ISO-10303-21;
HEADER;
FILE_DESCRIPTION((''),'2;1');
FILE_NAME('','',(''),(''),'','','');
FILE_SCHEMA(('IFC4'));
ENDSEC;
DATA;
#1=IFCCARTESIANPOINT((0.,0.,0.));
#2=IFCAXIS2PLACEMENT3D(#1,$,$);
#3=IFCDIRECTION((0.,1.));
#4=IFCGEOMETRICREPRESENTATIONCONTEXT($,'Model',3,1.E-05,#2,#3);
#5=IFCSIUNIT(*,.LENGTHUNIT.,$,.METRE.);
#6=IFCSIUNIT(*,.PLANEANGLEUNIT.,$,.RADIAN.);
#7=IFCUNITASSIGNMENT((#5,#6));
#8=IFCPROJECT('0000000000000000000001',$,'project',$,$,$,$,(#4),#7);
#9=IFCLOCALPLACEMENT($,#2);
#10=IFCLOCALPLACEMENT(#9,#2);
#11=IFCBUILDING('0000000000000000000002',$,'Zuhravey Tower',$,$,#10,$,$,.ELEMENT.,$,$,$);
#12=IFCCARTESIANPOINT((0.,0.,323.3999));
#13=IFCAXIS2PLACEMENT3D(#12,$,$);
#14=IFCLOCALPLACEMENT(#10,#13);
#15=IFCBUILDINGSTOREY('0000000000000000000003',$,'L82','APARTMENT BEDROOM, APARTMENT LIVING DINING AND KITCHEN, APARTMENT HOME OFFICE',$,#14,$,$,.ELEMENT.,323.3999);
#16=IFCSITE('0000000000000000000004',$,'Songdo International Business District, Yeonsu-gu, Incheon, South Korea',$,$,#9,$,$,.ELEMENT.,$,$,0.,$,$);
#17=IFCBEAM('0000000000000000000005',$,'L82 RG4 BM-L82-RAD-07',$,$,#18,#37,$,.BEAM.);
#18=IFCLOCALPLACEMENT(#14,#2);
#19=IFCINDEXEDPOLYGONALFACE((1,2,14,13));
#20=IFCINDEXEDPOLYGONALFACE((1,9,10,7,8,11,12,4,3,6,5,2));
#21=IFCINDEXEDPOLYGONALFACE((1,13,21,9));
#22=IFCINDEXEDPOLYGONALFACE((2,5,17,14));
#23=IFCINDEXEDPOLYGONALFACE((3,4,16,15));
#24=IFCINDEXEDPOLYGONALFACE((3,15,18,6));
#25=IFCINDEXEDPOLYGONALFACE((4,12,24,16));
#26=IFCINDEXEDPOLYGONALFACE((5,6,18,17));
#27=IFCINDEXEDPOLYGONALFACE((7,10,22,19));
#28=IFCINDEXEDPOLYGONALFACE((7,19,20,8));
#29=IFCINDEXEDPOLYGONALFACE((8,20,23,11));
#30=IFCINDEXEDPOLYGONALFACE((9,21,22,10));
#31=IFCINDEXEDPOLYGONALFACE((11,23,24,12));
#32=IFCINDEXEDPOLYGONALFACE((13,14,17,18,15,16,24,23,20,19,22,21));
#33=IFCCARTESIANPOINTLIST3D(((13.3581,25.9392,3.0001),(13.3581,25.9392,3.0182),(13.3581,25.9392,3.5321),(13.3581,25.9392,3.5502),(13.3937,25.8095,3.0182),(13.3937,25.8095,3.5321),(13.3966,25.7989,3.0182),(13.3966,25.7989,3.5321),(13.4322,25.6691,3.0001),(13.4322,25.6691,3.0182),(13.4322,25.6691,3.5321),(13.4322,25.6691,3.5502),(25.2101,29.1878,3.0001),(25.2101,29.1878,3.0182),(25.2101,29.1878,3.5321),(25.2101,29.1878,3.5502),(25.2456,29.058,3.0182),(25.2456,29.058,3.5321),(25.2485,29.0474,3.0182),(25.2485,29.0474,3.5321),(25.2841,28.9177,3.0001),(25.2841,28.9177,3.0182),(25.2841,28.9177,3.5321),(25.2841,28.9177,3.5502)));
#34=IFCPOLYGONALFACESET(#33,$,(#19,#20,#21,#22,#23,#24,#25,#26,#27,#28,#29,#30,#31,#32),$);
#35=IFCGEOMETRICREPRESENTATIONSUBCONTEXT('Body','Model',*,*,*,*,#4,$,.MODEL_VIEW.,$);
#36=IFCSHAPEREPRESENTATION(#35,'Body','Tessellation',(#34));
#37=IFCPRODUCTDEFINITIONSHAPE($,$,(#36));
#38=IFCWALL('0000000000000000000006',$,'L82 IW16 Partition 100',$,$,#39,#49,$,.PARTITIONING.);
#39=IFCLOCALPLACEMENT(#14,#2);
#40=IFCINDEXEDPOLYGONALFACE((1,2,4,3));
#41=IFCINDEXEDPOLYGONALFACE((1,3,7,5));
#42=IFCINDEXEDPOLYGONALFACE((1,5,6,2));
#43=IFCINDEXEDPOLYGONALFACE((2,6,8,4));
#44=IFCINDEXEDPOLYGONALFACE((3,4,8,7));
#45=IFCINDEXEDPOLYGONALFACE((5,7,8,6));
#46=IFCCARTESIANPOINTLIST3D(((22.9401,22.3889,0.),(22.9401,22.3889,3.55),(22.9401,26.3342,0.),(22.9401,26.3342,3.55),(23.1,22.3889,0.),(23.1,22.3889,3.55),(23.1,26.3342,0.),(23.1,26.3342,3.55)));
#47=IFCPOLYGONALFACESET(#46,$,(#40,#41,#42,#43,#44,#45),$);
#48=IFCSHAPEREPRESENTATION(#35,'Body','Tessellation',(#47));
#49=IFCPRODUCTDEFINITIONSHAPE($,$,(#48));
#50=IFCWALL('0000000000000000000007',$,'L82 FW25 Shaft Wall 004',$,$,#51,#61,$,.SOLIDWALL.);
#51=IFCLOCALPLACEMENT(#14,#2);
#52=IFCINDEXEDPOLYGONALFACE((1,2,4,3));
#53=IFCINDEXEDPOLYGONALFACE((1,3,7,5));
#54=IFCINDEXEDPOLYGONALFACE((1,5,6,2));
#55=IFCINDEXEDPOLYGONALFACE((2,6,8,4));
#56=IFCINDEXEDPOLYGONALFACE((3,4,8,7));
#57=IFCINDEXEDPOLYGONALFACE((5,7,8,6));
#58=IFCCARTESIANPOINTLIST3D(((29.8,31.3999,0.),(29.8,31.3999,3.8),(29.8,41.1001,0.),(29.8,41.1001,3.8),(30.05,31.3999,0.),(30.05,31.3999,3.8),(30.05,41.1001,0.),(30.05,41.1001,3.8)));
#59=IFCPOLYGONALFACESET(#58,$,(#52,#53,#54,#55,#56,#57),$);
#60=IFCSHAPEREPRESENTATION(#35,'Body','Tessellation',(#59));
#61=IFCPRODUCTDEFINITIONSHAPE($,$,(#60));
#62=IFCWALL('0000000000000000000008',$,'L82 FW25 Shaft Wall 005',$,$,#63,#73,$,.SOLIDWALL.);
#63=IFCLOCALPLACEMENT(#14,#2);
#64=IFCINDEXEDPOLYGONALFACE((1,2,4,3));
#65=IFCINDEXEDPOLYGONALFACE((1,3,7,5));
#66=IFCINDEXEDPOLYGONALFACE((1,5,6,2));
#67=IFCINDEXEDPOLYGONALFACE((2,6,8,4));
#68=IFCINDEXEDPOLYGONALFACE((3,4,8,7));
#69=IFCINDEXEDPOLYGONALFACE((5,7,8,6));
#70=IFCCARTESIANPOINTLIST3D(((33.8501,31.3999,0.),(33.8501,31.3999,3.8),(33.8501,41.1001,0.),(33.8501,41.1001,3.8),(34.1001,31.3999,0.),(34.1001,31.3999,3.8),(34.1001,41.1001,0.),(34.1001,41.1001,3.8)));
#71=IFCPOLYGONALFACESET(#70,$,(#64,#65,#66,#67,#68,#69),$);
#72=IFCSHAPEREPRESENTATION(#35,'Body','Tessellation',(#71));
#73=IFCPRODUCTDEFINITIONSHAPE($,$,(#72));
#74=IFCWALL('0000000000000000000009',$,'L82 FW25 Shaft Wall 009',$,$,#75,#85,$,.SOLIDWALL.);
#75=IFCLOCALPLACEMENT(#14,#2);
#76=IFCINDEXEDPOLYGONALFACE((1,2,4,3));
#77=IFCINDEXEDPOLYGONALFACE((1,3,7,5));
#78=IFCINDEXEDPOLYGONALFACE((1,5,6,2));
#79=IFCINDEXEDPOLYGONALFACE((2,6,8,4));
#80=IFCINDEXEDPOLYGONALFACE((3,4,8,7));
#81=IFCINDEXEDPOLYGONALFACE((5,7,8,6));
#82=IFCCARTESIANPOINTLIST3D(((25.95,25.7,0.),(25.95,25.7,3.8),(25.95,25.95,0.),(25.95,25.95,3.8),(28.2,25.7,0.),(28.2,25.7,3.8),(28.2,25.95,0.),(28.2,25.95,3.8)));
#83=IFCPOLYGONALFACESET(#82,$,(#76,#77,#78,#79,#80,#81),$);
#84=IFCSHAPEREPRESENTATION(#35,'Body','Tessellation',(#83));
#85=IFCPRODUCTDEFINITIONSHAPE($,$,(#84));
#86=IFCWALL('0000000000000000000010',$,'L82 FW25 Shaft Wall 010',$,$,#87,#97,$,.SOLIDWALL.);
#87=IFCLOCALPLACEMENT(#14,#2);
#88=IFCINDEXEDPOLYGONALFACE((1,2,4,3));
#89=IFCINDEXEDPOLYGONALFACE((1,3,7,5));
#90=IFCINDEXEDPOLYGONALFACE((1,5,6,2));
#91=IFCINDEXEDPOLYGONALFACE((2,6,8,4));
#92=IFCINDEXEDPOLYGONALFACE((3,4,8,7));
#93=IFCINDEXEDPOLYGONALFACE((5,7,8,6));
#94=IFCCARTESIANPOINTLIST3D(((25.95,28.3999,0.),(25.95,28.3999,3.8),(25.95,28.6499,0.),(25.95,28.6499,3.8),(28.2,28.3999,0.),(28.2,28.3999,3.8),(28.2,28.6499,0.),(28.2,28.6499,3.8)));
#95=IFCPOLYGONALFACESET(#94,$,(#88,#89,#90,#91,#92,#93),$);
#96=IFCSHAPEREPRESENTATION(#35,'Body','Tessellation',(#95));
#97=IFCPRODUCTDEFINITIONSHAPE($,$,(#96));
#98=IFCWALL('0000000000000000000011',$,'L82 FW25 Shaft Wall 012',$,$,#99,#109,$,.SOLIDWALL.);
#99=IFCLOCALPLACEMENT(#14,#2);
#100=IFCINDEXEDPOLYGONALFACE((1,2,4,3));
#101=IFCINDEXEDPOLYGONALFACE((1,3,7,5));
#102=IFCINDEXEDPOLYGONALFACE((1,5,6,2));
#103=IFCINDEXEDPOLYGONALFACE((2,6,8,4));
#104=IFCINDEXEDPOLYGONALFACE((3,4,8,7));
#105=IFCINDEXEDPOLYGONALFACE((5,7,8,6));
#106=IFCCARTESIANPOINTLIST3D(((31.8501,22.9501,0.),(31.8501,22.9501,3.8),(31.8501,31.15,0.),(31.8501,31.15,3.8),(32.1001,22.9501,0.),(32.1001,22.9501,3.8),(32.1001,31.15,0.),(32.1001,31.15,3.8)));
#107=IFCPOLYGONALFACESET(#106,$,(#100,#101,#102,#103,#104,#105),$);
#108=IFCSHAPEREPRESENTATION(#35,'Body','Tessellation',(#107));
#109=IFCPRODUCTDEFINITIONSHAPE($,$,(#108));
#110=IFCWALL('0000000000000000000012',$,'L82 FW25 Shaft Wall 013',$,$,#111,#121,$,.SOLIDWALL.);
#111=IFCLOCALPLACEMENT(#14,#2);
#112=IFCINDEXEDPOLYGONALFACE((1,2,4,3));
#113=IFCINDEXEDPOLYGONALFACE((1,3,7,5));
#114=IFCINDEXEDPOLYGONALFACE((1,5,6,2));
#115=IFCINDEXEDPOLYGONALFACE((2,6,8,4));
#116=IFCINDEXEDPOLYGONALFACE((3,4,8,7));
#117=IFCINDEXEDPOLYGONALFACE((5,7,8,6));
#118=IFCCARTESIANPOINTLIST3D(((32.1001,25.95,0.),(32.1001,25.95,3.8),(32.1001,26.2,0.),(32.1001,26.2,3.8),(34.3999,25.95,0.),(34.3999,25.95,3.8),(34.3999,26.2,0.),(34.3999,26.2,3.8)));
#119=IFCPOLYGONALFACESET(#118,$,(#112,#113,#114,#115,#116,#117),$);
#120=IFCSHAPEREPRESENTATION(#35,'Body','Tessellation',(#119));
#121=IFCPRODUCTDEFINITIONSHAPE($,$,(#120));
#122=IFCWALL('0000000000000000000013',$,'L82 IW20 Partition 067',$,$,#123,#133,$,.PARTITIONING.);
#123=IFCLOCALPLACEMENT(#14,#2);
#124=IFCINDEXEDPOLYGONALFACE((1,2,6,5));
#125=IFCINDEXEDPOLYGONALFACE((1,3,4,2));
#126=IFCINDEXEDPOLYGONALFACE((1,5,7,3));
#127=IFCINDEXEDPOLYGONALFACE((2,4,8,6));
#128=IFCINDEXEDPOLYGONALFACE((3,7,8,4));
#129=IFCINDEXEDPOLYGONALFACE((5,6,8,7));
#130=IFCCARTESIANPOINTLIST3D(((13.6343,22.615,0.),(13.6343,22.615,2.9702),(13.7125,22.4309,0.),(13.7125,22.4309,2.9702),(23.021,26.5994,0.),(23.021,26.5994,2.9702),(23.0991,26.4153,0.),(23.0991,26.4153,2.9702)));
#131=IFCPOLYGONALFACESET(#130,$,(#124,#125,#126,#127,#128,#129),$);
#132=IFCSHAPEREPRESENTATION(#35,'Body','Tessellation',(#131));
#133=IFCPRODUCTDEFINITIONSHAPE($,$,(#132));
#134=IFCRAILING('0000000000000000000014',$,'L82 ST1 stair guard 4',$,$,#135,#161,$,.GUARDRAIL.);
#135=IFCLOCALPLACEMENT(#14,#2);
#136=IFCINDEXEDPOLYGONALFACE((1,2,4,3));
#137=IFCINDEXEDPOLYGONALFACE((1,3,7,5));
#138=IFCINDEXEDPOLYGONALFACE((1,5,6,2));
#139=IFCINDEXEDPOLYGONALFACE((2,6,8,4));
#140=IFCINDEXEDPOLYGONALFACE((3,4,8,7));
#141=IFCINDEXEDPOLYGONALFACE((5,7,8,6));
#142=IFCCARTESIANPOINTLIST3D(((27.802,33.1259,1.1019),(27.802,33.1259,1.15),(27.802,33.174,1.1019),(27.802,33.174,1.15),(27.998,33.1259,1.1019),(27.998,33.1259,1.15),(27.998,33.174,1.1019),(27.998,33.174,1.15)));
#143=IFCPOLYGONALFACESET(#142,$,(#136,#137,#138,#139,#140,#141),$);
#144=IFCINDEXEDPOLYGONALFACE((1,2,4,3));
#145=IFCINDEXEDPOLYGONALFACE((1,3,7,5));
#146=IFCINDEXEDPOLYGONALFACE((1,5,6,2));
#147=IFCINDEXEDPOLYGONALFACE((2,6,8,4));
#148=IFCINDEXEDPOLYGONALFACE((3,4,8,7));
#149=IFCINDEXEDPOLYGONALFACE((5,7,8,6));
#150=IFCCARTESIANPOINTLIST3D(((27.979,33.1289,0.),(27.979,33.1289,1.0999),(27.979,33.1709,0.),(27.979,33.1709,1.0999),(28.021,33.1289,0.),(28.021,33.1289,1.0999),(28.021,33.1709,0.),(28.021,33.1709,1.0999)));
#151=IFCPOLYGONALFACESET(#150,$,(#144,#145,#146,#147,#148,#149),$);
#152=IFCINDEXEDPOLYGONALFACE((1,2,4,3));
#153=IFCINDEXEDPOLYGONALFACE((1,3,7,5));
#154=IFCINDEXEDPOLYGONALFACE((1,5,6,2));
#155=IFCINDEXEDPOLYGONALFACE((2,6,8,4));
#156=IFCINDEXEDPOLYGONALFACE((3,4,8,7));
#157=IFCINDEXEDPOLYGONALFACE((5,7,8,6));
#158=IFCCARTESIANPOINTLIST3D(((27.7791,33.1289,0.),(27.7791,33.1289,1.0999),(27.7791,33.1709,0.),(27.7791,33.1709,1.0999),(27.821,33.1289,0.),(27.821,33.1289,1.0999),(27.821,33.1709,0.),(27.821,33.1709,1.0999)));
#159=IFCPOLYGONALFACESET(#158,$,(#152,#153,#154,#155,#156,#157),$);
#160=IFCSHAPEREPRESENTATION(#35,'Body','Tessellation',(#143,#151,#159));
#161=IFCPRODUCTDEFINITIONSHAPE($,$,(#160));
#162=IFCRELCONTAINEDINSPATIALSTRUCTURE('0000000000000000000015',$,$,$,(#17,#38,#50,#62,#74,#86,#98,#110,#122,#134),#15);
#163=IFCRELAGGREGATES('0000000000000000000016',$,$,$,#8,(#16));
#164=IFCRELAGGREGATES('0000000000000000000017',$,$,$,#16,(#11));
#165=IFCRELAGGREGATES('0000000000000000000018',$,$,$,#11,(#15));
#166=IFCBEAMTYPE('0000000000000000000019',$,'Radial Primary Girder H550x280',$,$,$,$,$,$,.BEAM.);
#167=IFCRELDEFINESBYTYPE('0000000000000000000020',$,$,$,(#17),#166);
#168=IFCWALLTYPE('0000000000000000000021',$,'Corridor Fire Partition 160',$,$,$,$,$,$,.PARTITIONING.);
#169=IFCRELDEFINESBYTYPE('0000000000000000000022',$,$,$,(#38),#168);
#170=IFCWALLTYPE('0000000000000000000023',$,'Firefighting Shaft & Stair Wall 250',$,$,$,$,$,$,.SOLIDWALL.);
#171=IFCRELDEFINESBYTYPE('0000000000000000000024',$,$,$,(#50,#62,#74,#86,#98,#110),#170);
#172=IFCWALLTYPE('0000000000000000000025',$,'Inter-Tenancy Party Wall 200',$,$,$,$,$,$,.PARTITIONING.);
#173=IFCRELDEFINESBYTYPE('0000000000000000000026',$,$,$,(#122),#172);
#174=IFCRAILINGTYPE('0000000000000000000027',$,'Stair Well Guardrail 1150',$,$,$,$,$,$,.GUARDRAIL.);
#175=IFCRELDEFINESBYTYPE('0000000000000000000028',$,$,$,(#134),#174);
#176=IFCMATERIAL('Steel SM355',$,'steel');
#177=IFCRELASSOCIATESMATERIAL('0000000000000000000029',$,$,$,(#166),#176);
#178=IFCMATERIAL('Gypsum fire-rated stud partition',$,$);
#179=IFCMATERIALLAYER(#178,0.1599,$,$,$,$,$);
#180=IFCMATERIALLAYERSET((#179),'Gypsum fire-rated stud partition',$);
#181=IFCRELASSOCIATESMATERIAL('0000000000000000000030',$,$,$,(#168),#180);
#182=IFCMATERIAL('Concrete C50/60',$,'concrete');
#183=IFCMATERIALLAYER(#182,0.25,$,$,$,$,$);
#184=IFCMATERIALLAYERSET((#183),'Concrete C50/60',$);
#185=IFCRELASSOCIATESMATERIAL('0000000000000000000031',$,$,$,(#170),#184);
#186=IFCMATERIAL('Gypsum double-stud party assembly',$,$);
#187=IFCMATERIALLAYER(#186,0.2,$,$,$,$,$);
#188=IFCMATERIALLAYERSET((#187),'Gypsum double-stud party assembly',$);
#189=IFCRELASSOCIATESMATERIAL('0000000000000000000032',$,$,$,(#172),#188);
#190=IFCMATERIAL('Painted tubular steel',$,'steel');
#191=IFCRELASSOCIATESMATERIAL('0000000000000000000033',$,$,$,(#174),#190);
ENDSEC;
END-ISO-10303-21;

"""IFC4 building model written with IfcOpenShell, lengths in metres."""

from ifc_helpers import new_model, si_unit, direction, frame, frame_2d, origin, origin_2d, place, context, subcontext, project, spatial, rectangle, i_section, extrude, material, layer, layer_set, material_profile, profile_set, type_object, element, save


model = new_model("IFC4")

# Units and contexts
model_context = context("Model", 3, precision=1e-05, world=origin(), true_north=direction((0.0, 1.0)))
body_context = subcontext(model_context, "Body", "Model", "MODEL_VIEW")
ifc_project = project(units=[si_unit("LENGTHUNIT", "METRE"), si_unit("PLANEANGLEUNIT", "RADIAN")], contexts=[model_context])

# Site, building, storey
site_placement = place(None, origin())
site = spatial("IfcSite", under=ifc_project, at=site_placement, Name="Songdo International Business District, Yeonsu-gu, Incheon, South Korea", CompositionType="ELEMENT", RefElevation=0.0)
building_placement = place(site_placement, origin())
building = spatial("IfcBuilding", under=site, at=building_placement, Name="Zuhravey Tower", CompositionType="ELEMENT")
storey_placement = place(building_placement, frame((0.0, 0.0, 323.3999)))
storey = spatial("IfcBuildingStorey", under=building, at=storey_placement, Name="L82", Description="APARTMENT BEDROOM, APARTMENT LIVING DINING AND KITCHEN, APARTMENT HOME OFFICE", CompositionType="ELEMENT", Elevation=323.3999)

# Beam
ifc_material_1 = material(Name="Steel SM355", Category="steel")
ifc_material_profile = material_profile(ifc_material_1, i_section(OverallWidth=0.28, OverallDepth=0.55, WebThickness=0.011, FlangeThickness=0.0181, at=origin_2d()), Name="H-550x280x11x18")
ifc_profile_set = profile_set([ifc_material_profile], Name="Steel SM355")
beam_type = type_object("IfcBeamType", Name="Radial Primary Girder H550x280", PredefinedType="BEAM", material=ifc_profile_set)
beam_placement = place(storey_placement, frame((25.2471, 29.0527, 3.2751), z_axis=(-0.964428, -0.264346, 0.0), x_axis=(0.264346, -0.964428, 0.0)))
element("IfcBeam", 1, at=beam_placement, inside=storey, type_object=beam_type, Name="L82 RG4 BM-L82-RAD-07", PredefinedType="BEAM", context=body_context, shape_type="SweptSolid", body=[
    extrude(i_section(OverallWidth=0.28, OverallDepth=0.55, WebThickness=0.011, FlangeThickness=0.0181, at=origin_2d()), origin(), (0.0, 0.0, 1.0), 12.2891),
])

# Shared definitions
ifc_material_2 = material(Name="Gypsum fire-rated stud partition")
ifc_layer_1 = layer(ifc_material_2, 0.1599)
ifc_layer_set_1 = layer_set([ifc_layer_1], Name="Gypsum fire-rated stud partition")
wall_type_1 = type_object("IfcWallType", Name="Corridor Fire Partition 160", PredefinedType="PARTITIONING", material=ifc_layer_set_1)

# Wall
wall_1_placement = place(storey_placement, frame((23.02, 26.3342, 0.0), z_axis=(0.0, 0.0, 1.0), x_axis=(0.0, -1.0, 0.0)))
element("IfcWall", 2, at=wall_1_placement, inside=storey, type_object=wall_type_1, Name="L82 IW16 Partition 100", PredefinedType="PARTITIONING", context=body_context, shape_type="SweptSolid", body=[
    extrude(rectangle(XDim=3.9453, YDim=0.1599, at=frame_2d((1.9727, 0.0))), origin(), (0.0, 0.0, 1.0), 3.55),
])

# Shared definitions
ifc_material_3 = material(Name="Concrete C50/60", Category="concrete")
ifc_layer_2 = layer(ifc_material_3, 0.25)
ifc_layer_set_2 = layer_set([ifc_layer_2], Name="Concrete C50/60")
wall_type_2 = type_object("IfcWallType", Name="Firefighting Shaft & Stair Wall 250", PredefinedType="SOLIDWALL", material=ifc_layer_set_2)

# Walls
for number, where, z_axis, x_axis, name in (
    (3, (29.925, 31.3999, 0.0), (0.0, 0.0, 1.0), (0.0, 1.0, 0.0), "L82 FW25 Shaft Wall 004"),
    (4, (33.9751, 31.3999, 0.0), (0.0, 0.0, 1.0), (0.0, 1.0, 0.0), "L82 FW25 Shaft Wall 005"),
):
    element("IfcWall", number, at=place(storey_placement, frame(where, z_axis=z_axis, x_axis=x_axis)), inside=storey, type_object=wall_type_2, Name=name, PredefinedType="SOLIDWALL", context=body_context, shape_type="SweptSolid", body=[
        extrude(rectangle(XDim=9.7002, YDim=0.25, at=frame_2d((4.8501, 0.0))), origin(), (0.0, 0.0, 1.0), 3.8),
    ])
for number, where, z_axis, x_axis, name in (
    (5, (25.95, 25.825, 0.0), (0.0, 0.0, 1.0), (1.0, 0.0, 0.0), "L82 FW25 Shaft Wall 009"),
    (6, (25.95, 28.5249, 0.0), (0.0, 0.0, 1.0), (1.0, 0.0, 0.0), "L82 FW25 Shaft Wall 010"),
):
    element("IfcWall", number, at=place(storey_placement, frame(where, z_axis=z_axis, x_axis=x_axis)), inside=storey, type_object=wall_type_2, Name=name, PredefinedType="SOLIDWALL", context=body_context, shape_type="SweptSolid", body=[
        extrude(rectangle(XDim=2.25, YDim=0.25, at=frame_2d((1.125, 0.0))), origin(), (0.0, 0.0, 1.0), 3.8),
    ])
wall_2_placement = place(storey_placement, frame((31.9751, 22.95, 0.0), z_axis=(0.0, 0.0, 1.0), x_axis=(0.0, 1.0, 0.0)))
element("IfcWall", 7, at=wall_2_placement, inside=storey, type_object=wall_type_2, Name="L82 FW25 Shaft Wall 012", PredefinedType="SOLIDWALL", context=body_context, shape_type="SweptSolid", body=[
    extrude(rectangle(XDim=8.2, YDim=0.25, at=frame_2d((4.1001, 0.0))), origin(), (0.0, 0.0, 1.0), 3.8),
])
wall_3_placement = place(storey_placement, frame((32.1001, 26.075, 0.0), z_axis=(0.0, 0.0, 1.0), x_axis=(1.0, 0.0, 0.0)))
element("IfcWall", 8, at=wall_3_placement, inside=storey, type_object=wall_type_2, Name="L82 FW25 Shaft Wall 013", PredefinedType="SOLIDWALL", context=body_context, shape_type="SweptSolid", body=[
    extrude(rectangle(XDim=2.2998, YDim=0.25, at=frame_2d((1.1499, 0.0))), origin(), (0.0, 0.0, 1.0), 3.8),
])
ifc_material_4 = material(Name="Gypsum double-stud party assembly")
ifc_layer_3 = layer(ifc_material_4, 0.2)
ifc_layer_set_3 = layer_set([ifc_layer_3], Name="Gypsum double-stud party assembly")
wall_type_3 = type_object("IfcWallType", Name="Inter-Tenancy Party Wall 200", PredefinedType="PARTITIONING", material=ifc_layer_set_3)
wall_4_placement = place(storey_placement, frame((23.0601, 26.5073, 0.0), z_axis=(0.0, 0.0, 1.0), x_axis=(-0.920507, -0.390727, 0.0)))
element("IfcWall", 9, at=wall_4_placement, inside=storey, type_object=wall_type_3, Name="L82 IW20 Partition 067", PredefinedType="PARTITIONING", context=body_context, shape_type="SweptSolid", body=[
    extrude(rectangle(XDim=10.1973, YDim=0.2, at=frame_2d((5.0986, 0.0))), origin(), (0.0, 0.0, 1.0), 2.9702),
])

# Railing
ifc_material_5 = material(Name="Painted tubular steel", Category="steel")
railing_type = type_object("IfcRailingType", Name="Stair Well Guardrail 1150", PredefinedType="GUARDRAIL", material=ifc_material_5)
railing_placement = place(storey_placement, frame((28.0, 33.1499, 0.0)))
element("IfcRailing", 10, at=railing_placement, inside=storey, type_object=railing_type, Name="L82 ST1 stair guard 4", PredefinedType="GUARDRAIL", context=body_context, shape_type="SweptSolid", body=[
    extrude(rectangle(XDim=0.0481, YDim=0.0481, at=origin_2d()), frame((-0.002, 0.0, 1.126), z_axis=(-1.0, 0.0, 0.0), x_axis=(0.0, -1.0, 0.0)), (0.0, 0.0, 1.0), 0.196),
    extrude(rectangle(XDim=0.042, YDim=0.042, at=origin_2d()), origin(), (0.0, 0.0, 1.0), 1.0999),
    extrude(rectangle(XDim=0.042, YDim=0.042, at=origin_2d()), frame((-0.2, 0.0, 0.0)), (0.0, 0.0, 1.0), 1.0999),
])

save(model, "model.ifc")
